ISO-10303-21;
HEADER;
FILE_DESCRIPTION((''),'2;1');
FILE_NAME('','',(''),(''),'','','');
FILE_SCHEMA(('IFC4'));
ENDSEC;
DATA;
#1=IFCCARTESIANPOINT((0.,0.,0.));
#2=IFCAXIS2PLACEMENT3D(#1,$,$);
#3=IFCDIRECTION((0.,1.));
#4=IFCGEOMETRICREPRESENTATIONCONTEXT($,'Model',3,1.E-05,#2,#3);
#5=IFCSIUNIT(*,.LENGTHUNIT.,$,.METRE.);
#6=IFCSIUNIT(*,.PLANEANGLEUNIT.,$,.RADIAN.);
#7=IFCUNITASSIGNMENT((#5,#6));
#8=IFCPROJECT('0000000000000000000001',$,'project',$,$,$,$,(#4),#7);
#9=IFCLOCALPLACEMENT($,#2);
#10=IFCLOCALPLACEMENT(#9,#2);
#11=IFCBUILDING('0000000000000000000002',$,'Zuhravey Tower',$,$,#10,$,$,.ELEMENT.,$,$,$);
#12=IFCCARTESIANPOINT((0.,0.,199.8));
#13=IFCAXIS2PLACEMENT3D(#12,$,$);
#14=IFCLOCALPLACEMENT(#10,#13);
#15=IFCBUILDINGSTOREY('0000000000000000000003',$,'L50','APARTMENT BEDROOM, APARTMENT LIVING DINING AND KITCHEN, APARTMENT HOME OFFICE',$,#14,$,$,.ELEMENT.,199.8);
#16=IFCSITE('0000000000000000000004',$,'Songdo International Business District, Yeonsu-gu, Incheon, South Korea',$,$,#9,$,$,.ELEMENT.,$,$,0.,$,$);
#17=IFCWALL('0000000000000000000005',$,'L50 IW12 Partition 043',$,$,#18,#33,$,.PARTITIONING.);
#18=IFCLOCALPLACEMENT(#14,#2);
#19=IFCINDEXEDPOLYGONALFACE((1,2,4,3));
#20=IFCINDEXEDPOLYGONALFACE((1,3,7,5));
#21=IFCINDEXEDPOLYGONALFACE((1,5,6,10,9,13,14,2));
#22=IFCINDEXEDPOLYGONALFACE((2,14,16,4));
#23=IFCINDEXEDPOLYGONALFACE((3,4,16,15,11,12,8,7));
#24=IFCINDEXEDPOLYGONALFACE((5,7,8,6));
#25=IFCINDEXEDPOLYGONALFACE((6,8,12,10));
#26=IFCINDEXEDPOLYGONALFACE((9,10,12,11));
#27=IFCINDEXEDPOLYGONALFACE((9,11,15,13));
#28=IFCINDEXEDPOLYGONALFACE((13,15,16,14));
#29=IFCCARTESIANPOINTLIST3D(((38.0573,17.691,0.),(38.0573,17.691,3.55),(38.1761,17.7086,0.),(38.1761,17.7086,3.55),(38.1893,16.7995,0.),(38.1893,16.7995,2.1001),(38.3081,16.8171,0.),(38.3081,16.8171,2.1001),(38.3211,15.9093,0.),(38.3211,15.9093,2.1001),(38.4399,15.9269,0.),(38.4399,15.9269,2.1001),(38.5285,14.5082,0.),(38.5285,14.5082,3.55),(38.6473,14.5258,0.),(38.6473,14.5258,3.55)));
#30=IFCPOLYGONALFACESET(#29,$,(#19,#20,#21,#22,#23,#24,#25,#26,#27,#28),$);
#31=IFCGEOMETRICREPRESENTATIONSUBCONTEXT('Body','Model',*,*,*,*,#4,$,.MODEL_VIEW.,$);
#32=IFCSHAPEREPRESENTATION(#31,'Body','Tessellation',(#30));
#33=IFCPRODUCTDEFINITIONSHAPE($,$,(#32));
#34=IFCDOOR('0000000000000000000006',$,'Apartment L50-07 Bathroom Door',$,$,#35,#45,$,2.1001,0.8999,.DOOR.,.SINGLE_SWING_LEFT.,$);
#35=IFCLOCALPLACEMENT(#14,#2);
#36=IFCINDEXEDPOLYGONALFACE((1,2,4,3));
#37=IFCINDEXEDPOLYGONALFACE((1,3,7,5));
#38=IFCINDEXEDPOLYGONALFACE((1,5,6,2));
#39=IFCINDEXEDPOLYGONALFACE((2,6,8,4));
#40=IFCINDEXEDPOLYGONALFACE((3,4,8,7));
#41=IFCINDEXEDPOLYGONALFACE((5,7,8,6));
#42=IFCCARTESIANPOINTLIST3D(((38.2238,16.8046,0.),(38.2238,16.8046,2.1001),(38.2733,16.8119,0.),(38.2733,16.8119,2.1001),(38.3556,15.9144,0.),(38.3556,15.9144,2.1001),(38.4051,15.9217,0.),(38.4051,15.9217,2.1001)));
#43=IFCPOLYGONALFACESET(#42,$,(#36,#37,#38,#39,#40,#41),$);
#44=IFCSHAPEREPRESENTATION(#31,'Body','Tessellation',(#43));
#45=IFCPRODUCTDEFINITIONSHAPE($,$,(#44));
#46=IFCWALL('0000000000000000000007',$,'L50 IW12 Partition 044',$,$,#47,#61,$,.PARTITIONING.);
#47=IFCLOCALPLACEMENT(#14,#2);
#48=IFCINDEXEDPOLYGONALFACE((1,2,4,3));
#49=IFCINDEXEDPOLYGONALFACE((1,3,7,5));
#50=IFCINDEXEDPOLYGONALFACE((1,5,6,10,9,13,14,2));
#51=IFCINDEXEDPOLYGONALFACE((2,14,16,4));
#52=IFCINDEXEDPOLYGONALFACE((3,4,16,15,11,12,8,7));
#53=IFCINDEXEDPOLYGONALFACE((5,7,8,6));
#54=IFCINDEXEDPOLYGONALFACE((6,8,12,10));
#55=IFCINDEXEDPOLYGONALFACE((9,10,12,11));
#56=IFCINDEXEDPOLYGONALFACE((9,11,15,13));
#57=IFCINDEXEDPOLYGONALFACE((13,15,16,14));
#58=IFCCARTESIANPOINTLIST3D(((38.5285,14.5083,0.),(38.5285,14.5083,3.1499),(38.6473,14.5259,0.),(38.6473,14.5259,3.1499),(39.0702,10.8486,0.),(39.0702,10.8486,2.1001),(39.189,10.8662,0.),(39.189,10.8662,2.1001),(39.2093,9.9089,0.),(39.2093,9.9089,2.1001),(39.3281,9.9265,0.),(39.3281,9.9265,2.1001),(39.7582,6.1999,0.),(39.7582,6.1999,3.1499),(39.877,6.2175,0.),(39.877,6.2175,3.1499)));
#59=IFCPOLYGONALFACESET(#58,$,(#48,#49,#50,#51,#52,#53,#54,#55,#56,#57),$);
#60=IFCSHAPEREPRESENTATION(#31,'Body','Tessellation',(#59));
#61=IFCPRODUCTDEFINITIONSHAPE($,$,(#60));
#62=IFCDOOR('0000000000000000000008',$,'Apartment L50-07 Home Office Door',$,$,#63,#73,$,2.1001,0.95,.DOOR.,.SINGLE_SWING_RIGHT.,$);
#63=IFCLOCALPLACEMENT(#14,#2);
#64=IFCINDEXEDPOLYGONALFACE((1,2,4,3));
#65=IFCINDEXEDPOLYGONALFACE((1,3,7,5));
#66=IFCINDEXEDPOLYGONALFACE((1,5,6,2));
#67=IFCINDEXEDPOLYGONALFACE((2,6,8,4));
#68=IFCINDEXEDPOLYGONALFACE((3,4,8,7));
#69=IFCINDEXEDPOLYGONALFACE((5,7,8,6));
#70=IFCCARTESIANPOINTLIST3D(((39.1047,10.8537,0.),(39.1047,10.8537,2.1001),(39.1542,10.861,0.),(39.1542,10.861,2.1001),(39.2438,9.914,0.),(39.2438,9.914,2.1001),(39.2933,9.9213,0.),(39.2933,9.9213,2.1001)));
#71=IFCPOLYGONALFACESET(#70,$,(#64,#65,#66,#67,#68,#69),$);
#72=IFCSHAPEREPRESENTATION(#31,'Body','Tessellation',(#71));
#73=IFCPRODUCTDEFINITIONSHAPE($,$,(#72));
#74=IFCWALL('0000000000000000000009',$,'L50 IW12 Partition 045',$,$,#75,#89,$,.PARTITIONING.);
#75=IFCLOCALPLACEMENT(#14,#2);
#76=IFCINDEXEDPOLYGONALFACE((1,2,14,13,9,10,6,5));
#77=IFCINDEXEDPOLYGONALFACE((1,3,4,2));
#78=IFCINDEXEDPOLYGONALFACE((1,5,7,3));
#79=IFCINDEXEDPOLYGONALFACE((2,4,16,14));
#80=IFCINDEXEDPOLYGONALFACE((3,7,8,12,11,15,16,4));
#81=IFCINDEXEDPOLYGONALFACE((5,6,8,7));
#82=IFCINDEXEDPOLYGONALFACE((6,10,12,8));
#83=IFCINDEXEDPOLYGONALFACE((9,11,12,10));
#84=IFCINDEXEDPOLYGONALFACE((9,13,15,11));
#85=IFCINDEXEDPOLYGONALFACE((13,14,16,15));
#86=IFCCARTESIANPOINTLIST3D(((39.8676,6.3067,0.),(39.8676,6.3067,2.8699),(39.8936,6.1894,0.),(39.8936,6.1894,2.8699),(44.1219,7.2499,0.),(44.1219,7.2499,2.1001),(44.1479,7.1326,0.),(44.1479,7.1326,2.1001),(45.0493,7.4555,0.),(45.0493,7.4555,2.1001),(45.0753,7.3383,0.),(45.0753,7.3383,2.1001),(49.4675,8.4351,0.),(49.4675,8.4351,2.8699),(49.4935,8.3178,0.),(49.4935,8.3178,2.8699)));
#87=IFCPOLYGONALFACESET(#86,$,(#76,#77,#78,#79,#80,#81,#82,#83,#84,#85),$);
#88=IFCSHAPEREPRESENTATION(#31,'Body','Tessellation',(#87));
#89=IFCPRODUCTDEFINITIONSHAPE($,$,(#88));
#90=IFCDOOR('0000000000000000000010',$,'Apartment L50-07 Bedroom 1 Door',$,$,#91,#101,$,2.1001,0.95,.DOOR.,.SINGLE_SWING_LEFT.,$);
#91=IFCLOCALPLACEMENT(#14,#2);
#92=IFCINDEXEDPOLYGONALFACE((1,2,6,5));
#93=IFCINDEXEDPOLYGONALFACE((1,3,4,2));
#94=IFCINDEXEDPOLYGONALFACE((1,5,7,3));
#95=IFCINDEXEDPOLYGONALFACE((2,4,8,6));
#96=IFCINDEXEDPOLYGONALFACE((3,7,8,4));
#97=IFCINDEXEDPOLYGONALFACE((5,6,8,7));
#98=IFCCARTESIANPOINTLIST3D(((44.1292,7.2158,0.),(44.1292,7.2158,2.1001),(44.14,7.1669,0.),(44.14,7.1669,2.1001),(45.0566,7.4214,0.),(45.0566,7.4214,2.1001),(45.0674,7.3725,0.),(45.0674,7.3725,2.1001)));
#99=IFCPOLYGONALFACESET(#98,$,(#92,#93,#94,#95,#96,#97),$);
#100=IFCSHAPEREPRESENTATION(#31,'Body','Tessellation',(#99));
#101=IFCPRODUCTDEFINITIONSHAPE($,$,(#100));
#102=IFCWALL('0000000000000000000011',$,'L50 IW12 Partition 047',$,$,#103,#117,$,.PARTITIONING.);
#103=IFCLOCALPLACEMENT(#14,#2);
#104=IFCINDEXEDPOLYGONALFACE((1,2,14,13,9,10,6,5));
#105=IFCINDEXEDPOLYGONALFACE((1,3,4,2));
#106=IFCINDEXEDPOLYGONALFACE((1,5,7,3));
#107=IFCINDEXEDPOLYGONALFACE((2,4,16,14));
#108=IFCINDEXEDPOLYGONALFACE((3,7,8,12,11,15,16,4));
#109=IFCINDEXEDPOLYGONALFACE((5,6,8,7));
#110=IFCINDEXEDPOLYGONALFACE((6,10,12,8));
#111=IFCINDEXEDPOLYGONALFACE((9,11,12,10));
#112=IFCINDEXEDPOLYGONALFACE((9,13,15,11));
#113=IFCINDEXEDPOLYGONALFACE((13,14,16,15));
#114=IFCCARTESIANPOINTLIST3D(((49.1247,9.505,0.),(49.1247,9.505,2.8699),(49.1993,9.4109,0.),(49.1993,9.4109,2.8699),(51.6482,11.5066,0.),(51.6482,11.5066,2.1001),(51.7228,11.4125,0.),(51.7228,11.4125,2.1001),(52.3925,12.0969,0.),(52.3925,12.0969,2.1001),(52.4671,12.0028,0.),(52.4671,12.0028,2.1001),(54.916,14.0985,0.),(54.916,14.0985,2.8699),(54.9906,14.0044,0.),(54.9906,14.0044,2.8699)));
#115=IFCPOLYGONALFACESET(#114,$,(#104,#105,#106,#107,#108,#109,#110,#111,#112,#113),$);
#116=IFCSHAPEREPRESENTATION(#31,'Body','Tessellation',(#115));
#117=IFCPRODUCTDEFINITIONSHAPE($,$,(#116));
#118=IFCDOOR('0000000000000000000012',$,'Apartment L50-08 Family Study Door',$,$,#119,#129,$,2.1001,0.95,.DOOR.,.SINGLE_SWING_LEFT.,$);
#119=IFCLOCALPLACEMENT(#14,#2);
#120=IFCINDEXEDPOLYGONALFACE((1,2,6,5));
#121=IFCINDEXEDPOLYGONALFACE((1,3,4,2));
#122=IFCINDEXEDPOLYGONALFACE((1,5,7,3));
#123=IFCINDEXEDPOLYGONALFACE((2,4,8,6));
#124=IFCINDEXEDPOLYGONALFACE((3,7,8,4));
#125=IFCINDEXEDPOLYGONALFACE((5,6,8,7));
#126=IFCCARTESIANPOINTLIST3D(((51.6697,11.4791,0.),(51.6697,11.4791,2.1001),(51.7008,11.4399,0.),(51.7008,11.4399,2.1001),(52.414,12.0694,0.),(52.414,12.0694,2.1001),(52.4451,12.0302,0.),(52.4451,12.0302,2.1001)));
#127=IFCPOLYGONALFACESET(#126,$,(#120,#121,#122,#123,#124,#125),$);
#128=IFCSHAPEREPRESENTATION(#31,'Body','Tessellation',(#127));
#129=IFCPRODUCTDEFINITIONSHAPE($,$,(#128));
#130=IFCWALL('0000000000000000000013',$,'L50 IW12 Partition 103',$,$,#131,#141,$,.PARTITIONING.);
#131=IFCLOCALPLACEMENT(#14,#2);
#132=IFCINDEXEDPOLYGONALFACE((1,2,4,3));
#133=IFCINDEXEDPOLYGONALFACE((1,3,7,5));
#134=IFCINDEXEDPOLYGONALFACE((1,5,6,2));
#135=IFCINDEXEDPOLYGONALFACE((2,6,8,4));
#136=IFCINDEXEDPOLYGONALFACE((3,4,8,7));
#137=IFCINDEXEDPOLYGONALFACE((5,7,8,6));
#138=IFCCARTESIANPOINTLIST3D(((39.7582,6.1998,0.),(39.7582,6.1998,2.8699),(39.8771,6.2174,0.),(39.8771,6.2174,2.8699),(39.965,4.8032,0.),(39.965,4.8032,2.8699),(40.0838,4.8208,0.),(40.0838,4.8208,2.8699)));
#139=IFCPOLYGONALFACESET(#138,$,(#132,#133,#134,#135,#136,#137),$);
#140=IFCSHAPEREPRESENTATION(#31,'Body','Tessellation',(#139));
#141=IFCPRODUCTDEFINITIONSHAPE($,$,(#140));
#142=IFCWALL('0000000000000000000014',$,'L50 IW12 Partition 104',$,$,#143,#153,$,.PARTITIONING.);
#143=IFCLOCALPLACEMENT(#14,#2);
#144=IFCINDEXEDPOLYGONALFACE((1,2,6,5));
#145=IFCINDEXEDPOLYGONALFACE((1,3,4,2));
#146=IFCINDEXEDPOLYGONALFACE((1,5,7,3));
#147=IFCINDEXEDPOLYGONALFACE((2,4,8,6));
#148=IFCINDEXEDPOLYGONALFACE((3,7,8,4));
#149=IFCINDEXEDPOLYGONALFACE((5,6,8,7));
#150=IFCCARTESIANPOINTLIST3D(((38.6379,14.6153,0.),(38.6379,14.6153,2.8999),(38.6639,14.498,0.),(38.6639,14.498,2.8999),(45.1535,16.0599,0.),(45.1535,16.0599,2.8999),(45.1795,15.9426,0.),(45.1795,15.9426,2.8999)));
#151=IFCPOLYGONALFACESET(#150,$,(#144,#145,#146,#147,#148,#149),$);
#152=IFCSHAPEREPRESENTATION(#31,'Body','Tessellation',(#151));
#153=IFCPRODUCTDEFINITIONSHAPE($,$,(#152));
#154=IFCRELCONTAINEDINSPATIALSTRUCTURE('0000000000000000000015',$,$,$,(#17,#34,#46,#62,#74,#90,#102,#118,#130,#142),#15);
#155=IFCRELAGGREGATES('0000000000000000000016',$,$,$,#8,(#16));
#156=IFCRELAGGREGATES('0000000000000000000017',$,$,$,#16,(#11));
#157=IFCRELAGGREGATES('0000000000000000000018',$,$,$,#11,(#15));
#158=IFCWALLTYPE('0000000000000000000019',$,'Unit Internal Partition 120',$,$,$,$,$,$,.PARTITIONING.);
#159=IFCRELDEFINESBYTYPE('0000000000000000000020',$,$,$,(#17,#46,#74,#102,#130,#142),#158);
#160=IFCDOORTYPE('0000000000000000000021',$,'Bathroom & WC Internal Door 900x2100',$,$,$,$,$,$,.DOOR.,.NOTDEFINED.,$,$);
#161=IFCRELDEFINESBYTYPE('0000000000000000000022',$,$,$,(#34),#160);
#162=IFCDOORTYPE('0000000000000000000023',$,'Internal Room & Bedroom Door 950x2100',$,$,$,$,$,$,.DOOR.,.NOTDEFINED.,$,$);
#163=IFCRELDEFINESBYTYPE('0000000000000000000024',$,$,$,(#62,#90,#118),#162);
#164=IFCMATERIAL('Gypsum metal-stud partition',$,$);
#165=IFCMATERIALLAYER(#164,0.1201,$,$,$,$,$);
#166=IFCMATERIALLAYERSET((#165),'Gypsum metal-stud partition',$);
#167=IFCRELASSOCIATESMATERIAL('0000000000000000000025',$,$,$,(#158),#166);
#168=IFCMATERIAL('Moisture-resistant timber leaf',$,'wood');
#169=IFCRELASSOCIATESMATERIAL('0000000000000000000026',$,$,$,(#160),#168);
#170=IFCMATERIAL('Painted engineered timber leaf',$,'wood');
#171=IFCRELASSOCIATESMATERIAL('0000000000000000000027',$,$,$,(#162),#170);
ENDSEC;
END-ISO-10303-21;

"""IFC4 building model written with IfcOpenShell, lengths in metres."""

from ifc_helpers import new_model, si_unit, direction, frame, frame_2d, origin, place, context, subcontext, project, spatial, rectangle, extrude, material, layer, layer_set, type_object, element, fill, save


model = new_model("IFC4")

# Units and contexts
model_context = context("Model", 3, precision=1e-05, world=origin(), true_north=direction((0.0, 1.0)))
body_context = subcontext(model_context, "Body", "Model", "MODEL_VIEW")
ifc_project = project(units=[si_unit("LENGTHUNIT", "METRE"), si_unit("PLANEANGLEUNIT", "RADIAN")], contexts=[model_context])

# Site, building, storey
site_placement = place(None, origin())
site = spatial("IfcSite", under=ifc_project, at=site_placement, Name="Songdo International Business District, Yeonsu-gu, Incheon, South Korea", CompositionType="ELEMENT", RefElevation=0.0)
building_placement = place(site_placement, origin())
building = spatial("IfcBuilding", under=site, at=building_placement, Name="Zuhravey Tower", CompositionType="ELEMENT")
storey_placement = place(building_placement, frame((0.0, 0.0, 199.8)))
storey = spatial("IfcBuildingStorey", under=building, at=storey_placement, Name="L50", Description="APARTMENT BEDROOM, APARTMENT LIVING DINING AND KITCHEN, APARTMENT HOME OFFICE", CompositionType="ELEMENT", Elevation=199.8)

# Walls, openings, doors
ifc_material_1 = material(Name="Gypsum metal-stud partition")
ifc_layer_1 = layer(ifc_material_1, 0.1201)
ifc_layer_set_1 = layer_set([ifc_layer_1], Name="Gypsum metal-stud partition")
wall_type = type_object("IfcWallType", Name="Unit Internal Partition 120", PredefinedType="PARTITIONING", material=ifc_layer_set_1)
wall_1_placement = place(storey_placement, frame((38.1167, 17.7, 0.0), z_axis=(0.0, 0.0, 1.0), x_axis=(0.146444, -0.989219, 0.0)))
wall_1 = element("IfcWall", 1, at=wall_1_placement, inside=storey, type_object=wall_type, Name="L50 IW12 Partition 043", PredefinedType="PARTITIONING", context=body_context, shape_type="SweptSolid", body=[
    extrude(rectangle(XDim=3.2175, YDim=0.1201, at=frame_2d((1.6089, 0.0))), origin(), (0.0, 0.0, 1.0), 3.55),
])
opening_1_placement = place(wall_1_placement, frame((0.9014, 0.0, 0.0)))
opening_1 = element("IfcOpeningElement", 2, at=opening_1_placement, cuts=wall_1, PredefinedType="OPENING", context=body_context, shape_type="SweptSolid", body=[
    extrude(rectangle(XDim=0.8999, YDim=2.1001, at=frame_2d((0.45, 1.05))), frame((0.0, 0.072, 0.0), z_axis=(0.0, -1.0, 0.0), x_axis=(1.0, 0.0, 0.0)), (0.0, 0.0, 1.0), 0.144),
])
ifc_material_2 = material(Name="Moisture-resistant timber leaf", Category="wood")
door_type_1 = type_object("IfcDoorType", Name="Bathroom & WC Internal Door 900x2100", OperationType="NOTDEFINED", PredefinedType="DOOR", material=ifc_material_2)
door_1_placement = place(opening_1_placement, origin())
door_1 = element("IfcDoor", 3, at=door_1_placement, inside=storey, type_object=door_type_1, Name="Apartment L50-07 Bathroom Door", OperationType="SINGLE_SWING_LEFT", OverallHeight=2.1001, OverallWidth=0.8999, PredefinedType="DOOR", context=body_context, shape_type="SweptSolid", body=[
    extrude(rectangle(XDim=0.8999, YDim=2.1001, at=frame_2d((0.45, 1.05))), frame((0.0, 0.0249, 0.0), z_axis=(0.0, -1.0, 0.0), x_axis=(1.0, 0.0, 0.0)), (0.0, 0.0, 1.0), 0.05),
])
fill(opening_1, door_1)
wall_2_placement = place(storey_placement, frame((38.5879, 14.5171, 0.0), z_axis=(0.0, 0.0, 1.0), x_axis=(0.146417, -0.989223, 0.0)))
wall_2 = element("IfcWall", 4, at=wall_2_placement, inside=storey, type_object=wall_type, Name="L50 IW12 Partition 044", PredefinedType="PARTITIONING", context=body_context, shape_type="SweptSolid", body=[
    extrude(rectangle(XDim=8.3989, YDim=0.1201, at=frame_2d((4.1995, 0.0))), origin(), (0.0, 0.0, 1.0), 3.1499),
])
opening_2_placement = place(wall_2_placement, frame((3.6995, 0.0, 0.0)))
opening_2 = element("IfcOpeningElement", 5, at=opening_2_placement, cuts=wall_2, PredefinedType="OPENING", context=body_context, shape_type="SweptSolid", body=[
    extrude(rectangle(XDim=0.95, YDim=2.1001, at=frame_2d((0.4751, 1.05))), frame((0.0, 0.072, 0.0), z_axis=(0.0, -1.0, 0.0), x_axis=(1.0, 0.0, 0.0)), (0.0, 0.0, 1.0), 0.144),
])
ifc_material_3 = material(Name="Painted engineered timber leaf", Category="wood")
door_type_2 = type_object("IfcDoorType", Name="Internal Room & Bedroom Door 950x2100", OperationType="NOTDEFINED", PredefinedType="DOOR", material=ifc_material_3)
door_2_placement = place(opening_2_placement, origin())
door_2 = element("IfcDoor", 6, at=door_2_placement, inside=storey, type_object=door_type_2, Name="Apartment L50-07 Home Office Door", OperationType="SINGLE_SWING_RIGHT", OverallHeight=2.1001, OverallWidth=0.95, PredefinedType="DOOR", context=body_context, shape_type="SweptSolid", body=[
    extrude(rectangle(XDim=0.95, YDim=2.1001, at=frame_2d((0.4751, 1.05))), frame((0.0, 0.0249, 0.0), z_axis=(0.0, -1.0, 0.0), x_axis=(1.0, 0.0, 0.0)), (0.0, 0.0, 1.0), 0.05),
])
fill(opening_2, door_2)
wall_3_placement = place(storey_placement, frame((39.8806, 6.248, 0.0), z_axis=(0.0, 0.0, 1.0), x_axis=(0.976292, 0.216457, 0.0)))
wall_3 = element("IfcWall", 7, at=wall_3_placement, inside=storey, type_object=wall_type, Name="L50 IW12 Partition 045", PredefinedType="PARTITIONING", context=body_context, shape_type="SweptSolid", body=[
    extrude(rectangle(XDim=9.833, YDim=0.1201, at=frame_2d((4.9165, 0.0))), origin(), (0.0, 0.0, 1.0), 2.8699),
])
opening_3_placement = place(wall_3_placement, frame((4.3574, 0.0, 0.0)))
opening_3 = element("IfcOpeningElement", 8, at=opening_3_placement, cuts=wall_3, PredefinedType="OPENING", context=body_context, shape_type="SweptSolid", body=[
    extrude(rectangle(XDim=0.95, YDim=2.1001, at=frame_2d((0.4751, 1.05))), frame((0.0, 0.072, 0.0), z_axis=(0.0, -1.0, 0.0), x_axis=(1.0, 0.0, 0.0)), (0.0, 0.0, 1.0), 0.144),
])
door_3_placement = place(opening_3_placement, frame((0.95, 0.0, 0.0), z_axis=(0.0, 0.0, 1.0), x_axis=(-1.0, 0.0, 0.0)))
door_3 = element("IfcDoor", 9, at=door_3_placement, inside=storey, type_object=door_type_2, Name="Apartment L50-07 Bedroom 1 Door", OperationType="SINGLE_SWING_LEFT", OverallHeight=2.1001, OverallWidth=0.95, PredefinedType="DOOR", context=body_context, shape_type="SweptSolid", body=[
    extrude(rectangle(XDim=0.95, YDim=2.1001, at=frame_2d((0.4751, 1.05))), frame((0.0, 0.0249, 0.0), z_axis=(0.0, -1.0, 0.0), x_axis=(1.0, 0.0, 0.0)), (0.0, 0.0, 1.0), 0.05),
])
fill(opening_3, door_3)
wall_4_placement = place(storey_placement, frame((49.1621, 9.458, 0.0), z_axis=(0.0, 0.0, 1.0), x_axis=(0.783469, 0.621431, 0.0)))
wall_4 = element("IfcWall", 10, at=wall_4_placement, inside=storey, type_object=wall_type, Name="L50 IW12 Partition 047", PredefinedType="PARTITIONING", context=body_context, shape_type="SweptSolid", body=[
    extrude(rectangle(XDim=7.3918, YDim=0.1201, at=frame_2d((3.6958, 0.0))), origin(), (0.0, 0.0, 1.0), 2.8699),
])
opening_4_placement = place(wall_4_placement, frame((3.2207, 0.0, 0.0)))
opening_4 = element("IfcOpeningElement", 11, at=opening_4_placement, cuts=wall_4, PredefinedType="OPENING", context=body_context, shape_type="SweptSolid", body=[
    extrude(rectangle(XDim=0.95, YDim=2.1001, at=frame_2d((0.4751, 1.05))), frame((0.0, 0.072, 0.0), z_axis=(0.0, -1.0, 0.0), x_axis=(1.0, 0.0, 0.0)), (0.0, 0.0, 1.0), 0.144),
])
door_4_placement = place(opening_4_placement, frame((0.95, 0.0, 0.0), z_axis=(0.0, 0.0, 1.0), x_axis=(-1.0, 0.0, 0.0)))
door_4 = element("IfcDoor", 12, at=door_4_placement, inside=storey, type_object=door_type_2, Name="Apartment L50-08 Family Study Door", OperationType="SINGLE_SWING_LEFT", OverallHeight=2.1001, OverallWidth=0.95, PredefinedType="DOOR", context=body_context, shape_type="SweptSolid", body=[
    extrude(rectangle(XDim=0.95, YDim=2.1001, at=frame_2d((0.4751, 1.05))), frame((0.0, 0.0249, 0.0), z_axis=(0.0, -1.0, 0.0), x_axis=(1.0, 0.0, 0.0)), (0.0, 0.0, 1.0), 0.05),
])
fill(opening_4, door_4)

# Walls
wall_5_placement = place(storey_placement, frame((39.8176, 6.2087, 0.0), z_axis=(0.0, 0.0, 1.0), x_axis=(0.146455, -0.989217, 0.0)))
element("IfcWall", 13, at=wall_5_placement, inside=storey, type_object=wall_type, Name="L50 IW12 Partition 103", PredefinedType="PARTITIONING", context=body_context, shape_type="SweptSolid", body=[
    extrude(rectangle(XDim=1.4119, YDim=0.1201, at=frame_2d((0.7061, 0.0))), origin(), (0.0, 0.0, 1.0), 2.8699),
])
wall_6_placement = place(storey_placement, frame((38.6509, 14.5566, 0.0), z_axis=(0.0, 0.0, 1.0), x_axis=(0.976293, 0.216454, 0.0)))
element("IfcWall", 14, at=wall_6_placement, inside=storey, type_object=wall_type, Name="L50 IW12 Partition 104", PredefinedType="PARTITIONING", context=body_context, shape_type="SweptSolid", body=[
    extrude(rectangle(XDim=6.6738, YDim=0.1201, at=frame_2d((3.3369, 0.0))), origin(), (0.0, 0.0, 1.0), 2.8999),
])

save(model, "model.ifc")
